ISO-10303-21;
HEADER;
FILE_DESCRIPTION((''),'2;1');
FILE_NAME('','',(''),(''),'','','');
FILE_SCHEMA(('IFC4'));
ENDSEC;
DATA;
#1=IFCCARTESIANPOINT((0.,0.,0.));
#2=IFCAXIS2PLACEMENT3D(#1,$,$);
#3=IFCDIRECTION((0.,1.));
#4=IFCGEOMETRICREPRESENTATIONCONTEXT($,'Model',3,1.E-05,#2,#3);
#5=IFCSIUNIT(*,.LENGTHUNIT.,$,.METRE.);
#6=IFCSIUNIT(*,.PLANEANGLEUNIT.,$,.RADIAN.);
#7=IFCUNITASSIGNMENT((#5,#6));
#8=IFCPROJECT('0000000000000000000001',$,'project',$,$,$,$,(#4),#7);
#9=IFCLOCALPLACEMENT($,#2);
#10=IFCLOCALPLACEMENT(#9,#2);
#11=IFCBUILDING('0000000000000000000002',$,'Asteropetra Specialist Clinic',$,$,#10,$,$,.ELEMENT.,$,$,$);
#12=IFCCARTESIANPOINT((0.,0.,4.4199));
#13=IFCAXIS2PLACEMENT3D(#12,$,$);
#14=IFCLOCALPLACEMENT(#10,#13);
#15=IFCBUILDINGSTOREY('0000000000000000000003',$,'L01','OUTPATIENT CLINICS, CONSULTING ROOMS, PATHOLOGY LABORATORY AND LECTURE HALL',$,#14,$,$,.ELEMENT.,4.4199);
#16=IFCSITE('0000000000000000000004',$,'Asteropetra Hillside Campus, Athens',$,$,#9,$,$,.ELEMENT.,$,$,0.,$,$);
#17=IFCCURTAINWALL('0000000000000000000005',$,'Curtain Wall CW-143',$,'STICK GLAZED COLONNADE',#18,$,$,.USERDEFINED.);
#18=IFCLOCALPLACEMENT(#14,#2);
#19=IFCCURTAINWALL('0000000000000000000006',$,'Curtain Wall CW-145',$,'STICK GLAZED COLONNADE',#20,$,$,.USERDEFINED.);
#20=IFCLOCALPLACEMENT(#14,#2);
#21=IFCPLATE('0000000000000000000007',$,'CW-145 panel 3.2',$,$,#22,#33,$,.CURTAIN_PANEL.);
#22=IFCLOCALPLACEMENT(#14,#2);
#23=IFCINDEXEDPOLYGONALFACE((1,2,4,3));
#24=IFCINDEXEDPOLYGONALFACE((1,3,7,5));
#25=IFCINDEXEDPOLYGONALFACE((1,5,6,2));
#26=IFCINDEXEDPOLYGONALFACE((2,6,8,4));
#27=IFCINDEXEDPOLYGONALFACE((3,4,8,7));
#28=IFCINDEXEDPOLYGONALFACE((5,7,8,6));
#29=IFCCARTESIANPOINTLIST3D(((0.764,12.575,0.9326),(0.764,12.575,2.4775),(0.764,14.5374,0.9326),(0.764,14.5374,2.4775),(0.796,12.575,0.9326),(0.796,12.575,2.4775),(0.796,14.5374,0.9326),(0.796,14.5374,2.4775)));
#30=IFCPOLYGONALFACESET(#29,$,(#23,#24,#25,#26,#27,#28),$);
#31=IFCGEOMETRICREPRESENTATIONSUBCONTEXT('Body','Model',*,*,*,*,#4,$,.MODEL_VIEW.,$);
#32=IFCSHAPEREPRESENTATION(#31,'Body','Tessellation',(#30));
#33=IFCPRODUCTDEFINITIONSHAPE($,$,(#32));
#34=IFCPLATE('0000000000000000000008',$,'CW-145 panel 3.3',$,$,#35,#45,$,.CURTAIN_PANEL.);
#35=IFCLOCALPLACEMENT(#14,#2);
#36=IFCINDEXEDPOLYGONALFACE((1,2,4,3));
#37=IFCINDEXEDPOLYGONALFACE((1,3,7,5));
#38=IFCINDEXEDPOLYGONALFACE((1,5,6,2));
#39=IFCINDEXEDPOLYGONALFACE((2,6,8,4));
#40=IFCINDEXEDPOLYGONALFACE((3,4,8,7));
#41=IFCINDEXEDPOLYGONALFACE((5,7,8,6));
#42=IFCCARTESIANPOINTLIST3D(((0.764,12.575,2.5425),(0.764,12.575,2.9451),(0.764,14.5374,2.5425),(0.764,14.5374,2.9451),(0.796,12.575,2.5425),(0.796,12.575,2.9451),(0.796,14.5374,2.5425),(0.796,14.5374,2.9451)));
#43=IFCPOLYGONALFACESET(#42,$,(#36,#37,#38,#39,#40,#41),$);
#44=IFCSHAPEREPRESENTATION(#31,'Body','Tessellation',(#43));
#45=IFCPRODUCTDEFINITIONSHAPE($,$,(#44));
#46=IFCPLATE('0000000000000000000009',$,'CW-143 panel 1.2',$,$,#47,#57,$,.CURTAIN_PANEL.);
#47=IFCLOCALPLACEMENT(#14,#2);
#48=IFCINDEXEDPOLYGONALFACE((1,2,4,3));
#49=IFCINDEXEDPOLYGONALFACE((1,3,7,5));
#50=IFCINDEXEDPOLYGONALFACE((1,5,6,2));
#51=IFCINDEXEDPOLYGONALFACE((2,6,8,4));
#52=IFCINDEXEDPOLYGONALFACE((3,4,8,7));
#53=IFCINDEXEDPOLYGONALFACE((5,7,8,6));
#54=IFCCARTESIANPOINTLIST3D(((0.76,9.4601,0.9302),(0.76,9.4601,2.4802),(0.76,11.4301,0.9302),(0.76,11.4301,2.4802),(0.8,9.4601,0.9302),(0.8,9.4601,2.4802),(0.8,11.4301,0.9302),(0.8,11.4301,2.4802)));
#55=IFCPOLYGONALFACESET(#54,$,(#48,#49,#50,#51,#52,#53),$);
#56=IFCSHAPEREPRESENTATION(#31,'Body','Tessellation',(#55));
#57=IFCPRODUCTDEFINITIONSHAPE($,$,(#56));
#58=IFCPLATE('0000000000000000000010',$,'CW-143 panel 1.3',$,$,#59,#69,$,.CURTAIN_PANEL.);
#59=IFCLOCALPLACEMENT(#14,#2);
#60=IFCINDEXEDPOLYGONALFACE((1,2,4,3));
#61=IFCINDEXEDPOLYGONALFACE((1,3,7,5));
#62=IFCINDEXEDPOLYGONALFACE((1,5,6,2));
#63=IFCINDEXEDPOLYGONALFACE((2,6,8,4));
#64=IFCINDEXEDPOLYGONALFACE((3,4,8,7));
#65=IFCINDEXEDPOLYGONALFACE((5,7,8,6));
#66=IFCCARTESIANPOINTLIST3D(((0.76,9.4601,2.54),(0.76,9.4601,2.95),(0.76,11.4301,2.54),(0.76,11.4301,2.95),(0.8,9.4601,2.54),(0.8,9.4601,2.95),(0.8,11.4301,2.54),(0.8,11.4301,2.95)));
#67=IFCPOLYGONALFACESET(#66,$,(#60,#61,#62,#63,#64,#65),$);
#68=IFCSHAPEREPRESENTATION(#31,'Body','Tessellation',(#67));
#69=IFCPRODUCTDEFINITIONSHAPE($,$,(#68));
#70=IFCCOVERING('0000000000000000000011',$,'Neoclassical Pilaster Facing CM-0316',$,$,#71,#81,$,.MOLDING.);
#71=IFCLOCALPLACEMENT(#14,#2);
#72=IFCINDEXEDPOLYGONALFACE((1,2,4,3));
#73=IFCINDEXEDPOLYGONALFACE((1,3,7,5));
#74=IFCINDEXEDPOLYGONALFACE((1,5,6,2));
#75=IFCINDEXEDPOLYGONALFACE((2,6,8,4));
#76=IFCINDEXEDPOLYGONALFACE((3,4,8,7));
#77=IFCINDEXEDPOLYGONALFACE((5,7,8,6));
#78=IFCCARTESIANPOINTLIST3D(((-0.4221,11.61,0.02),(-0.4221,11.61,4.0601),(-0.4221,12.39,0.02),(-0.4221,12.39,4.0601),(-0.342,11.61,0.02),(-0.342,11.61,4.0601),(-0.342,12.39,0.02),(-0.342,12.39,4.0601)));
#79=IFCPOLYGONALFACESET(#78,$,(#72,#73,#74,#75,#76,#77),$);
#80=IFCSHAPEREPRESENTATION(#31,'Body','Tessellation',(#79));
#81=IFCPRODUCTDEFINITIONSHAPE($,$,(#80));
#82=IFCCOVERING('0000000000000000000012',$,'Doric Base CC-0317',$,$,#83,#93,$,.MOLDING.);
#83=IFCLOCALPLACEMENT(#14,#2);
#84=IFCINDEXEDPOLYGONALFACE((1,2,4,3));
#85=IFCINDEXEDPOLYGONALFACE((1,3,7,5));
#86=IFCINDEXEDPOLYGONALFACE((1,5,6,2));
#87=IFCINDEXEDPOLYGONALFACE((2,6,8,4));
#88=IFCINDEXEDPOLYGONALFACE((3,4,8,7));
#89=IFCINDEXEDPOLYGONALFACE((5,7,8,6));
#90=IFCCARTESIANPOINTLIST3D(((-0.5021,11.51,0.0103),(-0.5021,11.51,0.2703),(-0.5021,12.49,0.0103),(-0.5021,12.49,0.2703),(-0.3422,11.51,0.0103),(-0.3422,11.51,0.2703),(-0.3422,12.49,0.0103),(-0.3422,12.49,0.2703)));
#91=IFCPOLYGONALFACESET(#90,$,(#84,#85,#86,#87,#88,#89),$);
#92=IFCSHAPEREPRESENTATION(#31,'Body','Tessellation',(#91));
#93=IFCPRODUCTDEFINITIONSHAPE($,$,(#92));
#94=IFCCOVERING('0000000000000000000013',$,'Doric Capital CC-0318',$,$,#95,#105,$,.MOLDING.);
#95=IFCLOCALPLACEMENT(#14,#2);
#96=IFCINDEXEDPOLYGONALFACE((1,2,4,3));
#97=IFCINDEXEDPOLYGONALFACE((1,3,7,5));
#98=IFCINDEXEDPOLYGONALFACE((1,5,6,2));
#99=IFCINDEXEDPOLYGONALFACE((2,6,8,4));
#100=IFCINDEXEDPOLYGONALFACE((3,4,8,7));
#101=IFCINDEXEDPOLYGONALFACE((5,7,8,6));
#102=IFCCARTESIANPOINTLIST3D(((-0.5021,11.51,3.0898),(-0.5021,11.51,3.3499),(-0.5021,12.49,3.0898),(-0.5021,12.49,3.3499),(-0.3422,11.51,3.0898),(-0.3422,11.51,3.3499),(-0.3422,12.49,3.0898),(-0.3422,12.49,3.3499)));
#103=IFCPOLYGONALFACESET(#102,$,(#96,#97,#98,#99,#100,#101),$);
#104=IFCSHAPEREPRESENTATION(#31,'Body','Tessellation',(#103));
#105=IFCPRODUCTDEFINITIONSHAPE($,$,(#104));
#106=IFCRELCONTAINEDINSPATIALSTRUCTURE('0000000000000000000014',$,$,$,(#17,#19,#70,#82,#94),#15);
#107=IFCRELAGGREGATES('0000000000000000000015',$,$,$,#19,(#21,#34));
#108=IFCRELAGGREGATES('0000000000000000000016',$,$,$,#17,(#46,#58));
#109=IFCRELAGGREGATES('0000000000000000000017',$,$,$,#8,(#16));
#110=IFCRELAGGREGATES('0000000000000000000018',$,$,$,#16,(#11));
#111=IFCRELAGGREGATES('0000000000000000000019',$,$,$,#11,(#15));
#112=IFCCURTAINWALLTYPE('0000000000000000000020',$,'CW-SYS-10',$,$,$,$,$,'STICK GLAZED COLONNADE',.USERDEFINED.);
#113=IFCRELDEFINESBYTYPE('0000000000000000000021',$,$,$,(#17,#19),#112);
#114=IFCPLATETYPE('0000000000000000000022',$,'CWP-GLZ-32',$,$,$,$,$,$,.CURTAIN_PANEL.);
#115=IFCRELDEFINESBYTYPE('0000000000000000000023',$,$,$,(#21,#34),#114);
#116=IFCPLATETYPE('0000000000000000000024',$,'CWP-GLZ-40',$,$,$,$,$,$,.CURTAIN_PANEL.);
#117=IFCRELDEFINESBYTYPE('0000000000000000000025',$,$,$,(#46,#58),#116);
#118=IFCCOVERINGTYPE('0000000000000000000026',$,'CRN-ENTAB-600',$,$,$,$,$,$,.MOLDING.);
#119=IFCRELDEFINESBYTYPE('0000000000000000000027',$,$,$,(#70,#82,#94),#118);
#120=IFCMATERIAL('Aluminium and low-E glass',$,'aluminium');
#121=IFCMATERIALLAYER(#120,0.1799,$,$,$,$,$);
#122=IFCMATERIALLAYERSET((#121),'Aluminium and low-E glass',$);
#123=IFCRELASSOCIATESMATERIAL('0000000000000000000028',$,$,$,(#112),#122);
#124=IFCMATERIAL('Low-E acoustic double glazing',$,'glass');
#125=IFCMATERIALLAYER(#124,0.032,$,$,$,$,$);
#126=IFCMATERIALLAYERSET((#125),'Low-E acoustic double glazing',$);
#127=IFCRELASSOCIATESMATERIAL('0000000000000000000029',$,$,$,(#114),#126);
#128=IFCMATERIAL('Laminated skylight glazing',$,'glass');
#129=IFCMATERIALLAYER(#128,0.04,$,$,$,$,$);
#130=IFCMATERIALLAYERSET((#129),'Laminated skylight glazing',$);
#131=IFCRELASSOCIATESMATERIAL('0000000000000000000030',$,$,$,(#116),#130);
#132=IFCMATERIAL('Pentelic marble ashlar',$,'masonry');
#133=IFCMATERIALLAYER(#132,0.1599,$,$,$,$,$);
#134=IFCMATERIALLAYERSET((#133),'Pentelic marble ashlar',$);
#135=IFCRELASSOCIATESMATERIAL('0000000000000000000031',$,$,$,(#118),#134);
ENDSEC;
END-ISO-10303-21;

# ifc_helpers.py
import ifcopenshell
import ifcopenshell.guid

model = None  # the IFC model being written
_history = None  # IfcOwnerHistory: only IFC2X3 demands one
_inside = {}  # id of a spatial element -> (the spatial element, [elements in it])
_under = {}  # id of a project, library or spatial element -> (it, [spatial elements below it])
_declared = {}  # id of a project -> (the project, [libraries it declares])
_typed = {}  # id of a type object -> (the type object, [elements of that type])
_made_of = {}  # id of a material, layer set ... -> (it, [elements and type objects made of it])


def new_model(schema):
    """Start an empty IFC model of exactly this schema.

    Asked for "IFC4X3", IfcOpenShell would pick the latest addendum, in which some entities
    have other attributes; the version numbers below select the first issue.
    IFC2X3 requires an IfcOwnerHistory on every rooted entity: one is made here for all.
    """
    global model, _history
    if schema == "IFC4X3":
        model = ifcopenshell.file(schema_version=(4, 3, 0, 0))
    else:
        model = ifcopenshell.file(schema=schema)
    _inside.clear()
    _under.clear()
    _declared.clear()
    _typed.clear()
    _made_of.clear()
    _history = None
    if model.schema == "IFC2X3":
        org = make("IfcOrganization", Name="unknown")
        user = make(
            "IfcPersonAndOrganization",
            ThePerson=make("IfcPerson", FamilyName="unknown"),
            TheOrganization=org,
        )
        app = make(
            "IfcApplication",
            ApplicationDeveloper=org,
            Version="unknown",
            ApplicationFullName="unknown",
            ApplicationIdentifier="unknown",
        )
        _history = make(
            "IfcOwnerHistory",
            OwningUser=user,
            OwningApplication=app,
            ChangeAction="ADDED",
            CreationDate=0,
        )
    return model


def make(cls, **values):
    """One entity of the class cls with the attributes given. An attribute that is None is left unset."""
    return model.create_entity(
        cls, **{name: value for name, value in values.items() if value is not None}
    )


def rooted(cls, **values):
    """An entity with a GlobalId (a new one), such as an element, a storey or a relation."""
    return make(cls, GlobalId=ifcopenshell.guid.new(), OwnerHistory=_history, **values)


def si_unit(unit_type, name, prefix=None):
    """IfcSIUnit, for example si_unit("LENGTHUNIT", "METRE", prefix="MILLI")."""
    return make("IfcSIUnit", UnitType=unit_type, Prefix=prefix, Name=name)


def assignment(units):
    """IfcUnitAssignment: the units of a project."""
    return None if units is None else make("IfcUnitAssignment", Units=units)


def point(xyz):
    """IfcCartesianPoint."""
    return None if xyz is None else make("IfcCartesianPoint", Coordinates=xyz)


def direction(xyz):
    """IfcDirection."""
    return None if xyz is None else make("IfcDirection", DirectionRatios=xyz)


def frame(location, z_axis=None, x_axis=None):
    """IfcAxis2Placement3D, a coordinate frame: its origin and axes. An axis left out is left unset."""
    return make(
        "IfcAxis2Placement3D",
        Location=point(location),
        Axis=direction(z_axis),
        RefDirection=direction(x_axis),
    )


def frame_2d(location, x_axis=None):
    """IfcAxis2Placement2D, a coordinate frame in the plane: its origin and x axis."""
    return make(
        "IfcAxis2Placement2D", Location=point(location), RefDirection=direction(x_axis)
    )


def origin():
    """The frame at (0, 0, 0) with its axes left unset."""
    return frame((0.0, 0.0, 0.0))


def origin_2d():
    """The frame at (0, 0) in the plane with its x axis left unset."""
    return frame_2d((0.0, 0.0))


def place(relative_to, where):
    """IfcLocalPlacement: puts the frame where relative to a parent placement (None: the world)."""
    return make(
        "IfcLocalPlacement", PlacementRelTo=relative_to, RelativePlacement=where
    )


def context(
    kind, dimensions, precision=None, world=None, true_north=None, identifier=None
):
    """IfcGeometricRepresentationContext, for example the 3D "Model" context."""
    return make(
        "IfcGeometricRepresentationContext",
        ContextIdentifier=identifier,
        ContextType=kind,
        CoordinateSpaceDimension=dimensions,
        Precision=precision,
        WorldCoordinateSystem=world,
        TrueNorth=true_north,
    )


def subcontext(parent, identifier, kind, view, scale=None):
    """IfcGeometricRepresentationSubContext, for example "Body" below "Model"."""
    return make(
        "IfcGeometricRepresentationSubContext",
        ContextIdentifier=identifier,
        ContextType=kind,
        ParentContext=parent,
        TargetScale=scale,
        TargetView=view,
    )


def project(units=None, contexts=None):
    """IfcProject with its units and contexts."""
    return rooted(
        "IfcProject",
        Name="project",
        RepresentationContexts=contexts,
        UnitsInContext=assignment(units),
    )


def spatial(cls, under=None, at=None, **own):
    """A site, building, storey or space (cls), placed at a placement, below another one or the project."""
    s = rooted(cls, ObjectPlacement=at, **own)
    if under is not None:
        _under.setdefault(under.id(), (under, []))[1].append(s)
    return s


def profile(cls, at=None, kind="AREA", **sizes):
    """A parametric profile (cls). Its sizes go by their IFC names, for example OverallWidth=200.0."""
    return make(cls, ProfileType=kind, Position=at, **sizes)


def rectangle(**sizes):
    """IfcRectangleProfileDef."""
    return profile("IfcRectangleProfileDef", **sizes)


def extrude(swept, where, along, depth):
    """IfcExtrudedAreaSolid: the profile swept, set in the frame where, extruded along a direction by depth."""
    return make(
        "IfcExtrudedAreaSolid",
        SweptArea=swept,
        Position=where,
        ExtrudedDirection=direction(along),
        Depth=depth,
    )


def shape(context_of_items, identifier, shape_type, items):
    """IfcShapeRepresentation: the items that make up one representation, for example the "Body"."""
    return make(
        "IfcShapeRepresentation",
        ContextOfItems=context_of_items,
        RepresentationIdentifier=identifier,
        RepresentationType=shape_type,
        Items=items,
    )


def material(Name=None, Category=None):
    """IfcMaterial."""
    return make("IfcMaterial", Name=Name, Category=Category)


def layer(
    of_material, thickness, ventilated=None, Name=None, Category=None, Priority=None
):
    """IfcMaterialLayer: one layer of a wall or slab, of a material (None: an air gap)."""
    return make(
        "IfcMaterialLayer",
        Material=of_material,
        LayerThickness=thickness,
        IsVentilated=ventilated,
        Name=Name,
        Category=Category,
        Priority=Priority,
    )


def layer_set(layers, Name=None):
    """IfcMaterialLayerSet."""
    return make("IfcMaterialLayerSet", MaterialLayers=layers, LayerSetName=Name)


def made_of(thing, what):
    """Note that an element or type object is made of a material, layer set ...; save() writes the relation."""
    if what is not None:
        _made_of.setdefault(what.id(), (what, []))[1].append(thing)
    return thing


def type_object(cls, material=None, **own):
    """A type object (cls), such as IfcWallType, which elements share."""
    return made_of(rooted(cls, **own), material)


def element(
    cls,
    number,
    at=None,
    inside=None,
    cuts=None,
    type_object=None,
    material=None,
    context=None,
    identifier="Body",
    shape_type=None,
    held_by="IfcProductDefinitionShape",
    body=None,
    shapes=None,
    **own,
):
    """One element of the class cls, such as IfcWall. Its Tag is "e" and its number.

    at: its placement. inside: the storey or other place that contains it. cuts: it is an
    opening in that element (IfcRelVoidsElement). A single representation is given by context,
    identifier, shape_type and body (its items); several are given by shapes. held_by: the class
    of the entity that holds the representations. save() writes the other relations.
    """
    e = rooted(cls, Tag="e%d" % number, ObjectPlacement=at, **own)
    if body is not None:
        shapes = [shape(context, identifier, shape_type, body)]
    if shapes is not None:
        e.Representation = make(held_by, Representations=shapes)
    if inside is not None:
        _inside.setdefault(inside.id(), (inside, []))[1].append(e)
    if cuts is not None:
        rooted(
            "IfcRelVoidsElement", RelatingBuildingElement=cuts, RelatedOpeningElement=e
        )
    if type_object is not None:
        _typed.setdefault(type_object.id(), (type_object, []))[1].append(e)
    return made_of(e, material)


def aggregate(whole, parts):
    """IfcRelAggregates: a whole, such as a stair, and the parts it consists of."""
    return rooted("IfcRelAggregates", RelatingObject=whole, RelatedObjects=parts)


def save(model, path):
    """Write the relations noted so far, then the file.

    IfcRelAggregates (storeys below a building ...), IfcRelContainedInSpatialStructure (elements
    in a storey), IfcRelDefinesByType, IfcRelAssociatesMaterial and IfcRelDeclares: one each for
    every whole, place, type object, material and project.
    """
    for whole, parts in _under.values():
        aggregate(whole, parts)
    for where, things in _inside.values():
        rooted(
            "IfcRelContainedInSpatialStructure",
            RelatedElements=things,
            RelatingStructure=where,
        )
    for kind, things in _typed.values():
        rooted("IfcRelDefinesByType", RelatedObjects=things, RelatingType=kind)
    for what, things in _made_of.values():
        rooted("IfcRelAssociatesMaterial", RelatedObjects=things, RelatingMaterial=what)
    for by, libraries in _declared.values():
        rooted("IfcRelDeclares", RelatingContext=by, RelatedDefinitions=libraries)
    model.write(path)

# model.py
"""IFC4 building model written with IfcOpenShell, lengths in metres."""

from ifc_helpers import new_model, si_unit, direction, frame, origin, origin_2d, place, context, subcontext, project, spatial, rectangle, extrude, material, layer, layer_set, type_object, element, aggregate, save


model = new_model("IFC4")

# Units and contexts
model_context = context("Model", 3, precision=1e-05, world=origin(), true_north=direction((0.0, 1.0)))
body_context = subcontext(model_context, "Body", "Model", "MODEL_VIEW")
ifc_project = project(units=[si_unit("LENGTHUNIT", "METRE"), si_unit("PLANEANGLEUNIT", "RADIAN")], contexts=[model_context])

# Site, building, storey
site_placement = place(None, origin())
site = spatial("IfcSite", under=ifc_project, at=site_placement, Name="Asteropetra Hillside Campus, Athens", CompositionType="ELEMENT", RefElevation=0.0)
building_placement = place(site_placement, origin())
building = spatial("IfcBuilding", under=site, at=building_placement, Name="Asteropetra Specialist Clinic", CompositionType="ELEMENT")
storey_placement = place(building_placement, frame((0.0, 0.0, 4.4199)))
storey = spatial("IfcBuildingStorey", under=building, at=storey_placement, Name="L01", Description="OUTPATIENT CLINICS, CONSULTING ROOMS, PATHOLOGY LABORATORY AND LECTURE HALL", CompositionType="ELEMENT", Elevation=4.4199)

# Curtain walls
ifc_material_1 = material(Name="Aluminium and low-E glass", Category="aluminium")
ifc_layer_1 = layer(ifc_material_1, 0.1799)
ifc_layer_set_1 = layer_set([ifc_layer_1], Name="Aluminium and low-E glass")
curtain_wall_type = type_object("IfcCurtainWallType", Name="CW-SYS-10", ElementType="STICK GLAZED COLONNADE", PredefinedType="USERDEFINED", material=ifc_layer_set_1)
curtain_wall_1_placement = place(storey_placement, origin())
curtain_wall_1 = element("IfcCurtainWall", 1, at=curtain_wall_1_placement, inside=storey, type_object=curtain_wall_type, Name="Curtain Wall CW-143", ObjectType="STICK GLAZED COLONNADE", PredefinedType="USERDEFINED")
curtain_wall_2_placement = place(storey_placement, origin())
curtain_wall_2 = element("IfcCurtainWall", 2, at=curtain_wall_2_placement, inside=storey, type_object=curtain_wall_type, Name="Curtain Wall CW-145", ObjectType="STICK GLAZED COLONNADE", PredefinedType="USERDEFINED")

# Plates
ifc_material_2 = material(Name="Low-E acoustic double glazing", Category="glass")
ifc_layer_2 = layer(ifc_material_2, 0.032)
ifc_layer_set_2 = layer_set([ifc_layer_2], Name="Low-E acoustic double glazing")
plate_type_1 = type_object("IfcPlateType", Name="CWP-GLZ-32", PredefinedType="CURTAIN_PANEL", material=ifc_layer_set_2)
plate_1_placement = place(storey_placement, frame((0.78, 13.5562, 0.9326), z_axis=(0.0, 0.0, 1.0), x_axis=(0.0, -1.0, 0.0)))
plate_1 = element("IfcPlate", 3, at=plate_1_placement, type_object=plate_type_1, Name="CW-145 panel 3.2", PredefinedType="CURTAIN_PANEL", context=body_context, shape_type="SweptSolid", body=[
    extrude(rectangle(XDim=1.9624, YDim=0.032, at=origin_2d()), origin(), (0.0, 0.0, 1.0), 1.5449),
])
plate_2_placement = place(storey_placement, frame((0.78, 13.5562, 2.5425), z_axis=(0.0, 0.0, 1.0), x_axis=(0.0, -1.0, 0.0)))
plate_2 = element("IfcPlate", 4, at=plate_2_placement, type_object=plate_type_1, Name="CW-145 panel 3.3", PredefinedType="CURTAIN_PANEL", context=body_context, shape_type="SweptSolid", body=[
    extrude(rectangle(XDim=1.9624, YDim=0.032, at=origin_2d()), origin(), (0.0, 0.0, 1.0), 0.4026),
])
aggregate(curtain_wall_2, [plate_1, plate_2])
ifc_material_3 = material(Name="Laminated skylight glazing", Category="glass")
ifc_layer_3 = layer(ifc_material_3, 0.04)
ifc_layer_set_3 = layer_set([ifc_layer_3], Name="Laminated skylight glazing")
plate_type_2 = type_object("IfcPlateType", Name="CWP-GLZ-40", PredefinedType="CURTAIN_PANEL", material=ifc_layer_set_3)
plate_3_placement = place(storey_placement, frame((0.78, 10.4451, 0.9302), z_axis=(0.0, 0.0, 1.0), x_axis=(0.0, -1.0, 0.0)))
plate_3 = element("IfcPlate", 5, at=plate_3_placement, type_object=plate_type_2, Name="CW-143 panel 1.2", PredefinedType="CURTAIN_PANEL", context=body_context, shape_type="SweptSolid", body=[
    extrude(rectangle(XDim=1.97, YDim=0.04, at=origin_2d()), origin(), (0.0, 0.0, 1.0), 1.55),
])
plate_4_placement = place(storey_placement, frame((0.78, 10.4451, 2.54), z_axis=(0.0, 0.0, 1.0), x_axis=(0.0, -1.0, 0.0)))
plate_4 = element("IfcPlate", 6, at=plate_4_placement, type_object=plate_type_2, Name="CW-143 panel 1.3", PredefinedType="CURTAIN_PANEL", context=body_context, shape_type="SweptSolid", body=[
    extrude(rectangle(XDim=1.97, YDim=0.04, at=origin_2d()), origin(), (0.0, 0.0, 1.0), 0.4099),
])
aggregate(curtain_wall_1, [plate_3, plate_4])

# Coverings
ifc_material_4 = material(Name="Pentelic marble ashlar", Category="masonry")
ifc_layer_4 = layer(ifc_material_4, 0.1599)
ifc_layer_set_4 = layer_set([ifc_layer_4], Name="Pentelic marble ashlar")
covering_type = type_object("IfcCoveringType", Name="CRN-ENTAB-600", PredefinedType="MOLDING", material=ifc_layer_set_4)
covering_placement = place(storey_placement, frame((-0.3821, 12.0, 0.02), z_axis=(0.0, 0.0, 1.0), x_axis=(1.0, 0.0, 0.0)))
element("IfcCovering", 7, at=covering_placement, inside=storey, type_object=covering_type, Name="Neoclassical Pilaster Facing CM-0316", PredefinedType="MOLDING", context=body_context, shape_type="SweptSolid", body=[
    extrude(rectangle(XDim=0.0801, YDim=0.78, at=origin_2d()), origin(), (0.0, 0.0, 1.0), 4.04),
])
for number, where, z_axis, x_axis, name in (
    (8, (-0.4221, 12.0, 0.0103), (0.0, 0.0, 1.0), (1.0, 0.0, 0.0), "Doric Base CC-0317"),
    (9, (-0.4221, 12.0, 3.0898), (0.0, 0.0, 1.0), (1.0, 0.0, 0.0), "Doric Capital CC-0318"),
):
    element("IfcCovering", number, at=place(storey_placement, frame(where, z_axis=z_axis, x_axis=x_axis)), inside=storey, type_object=covering_type, Name=name, PredefinedType="MOLDING", context=body_context, shape_type="SweptSolid", body=[
        extrude(rectangle(XDim=0.1599, YDim=0.98, at=origin_2d()), origin(), (0.0, 0.0, 1.0), 0.26),
    ])

save(model, "model.ifc")
